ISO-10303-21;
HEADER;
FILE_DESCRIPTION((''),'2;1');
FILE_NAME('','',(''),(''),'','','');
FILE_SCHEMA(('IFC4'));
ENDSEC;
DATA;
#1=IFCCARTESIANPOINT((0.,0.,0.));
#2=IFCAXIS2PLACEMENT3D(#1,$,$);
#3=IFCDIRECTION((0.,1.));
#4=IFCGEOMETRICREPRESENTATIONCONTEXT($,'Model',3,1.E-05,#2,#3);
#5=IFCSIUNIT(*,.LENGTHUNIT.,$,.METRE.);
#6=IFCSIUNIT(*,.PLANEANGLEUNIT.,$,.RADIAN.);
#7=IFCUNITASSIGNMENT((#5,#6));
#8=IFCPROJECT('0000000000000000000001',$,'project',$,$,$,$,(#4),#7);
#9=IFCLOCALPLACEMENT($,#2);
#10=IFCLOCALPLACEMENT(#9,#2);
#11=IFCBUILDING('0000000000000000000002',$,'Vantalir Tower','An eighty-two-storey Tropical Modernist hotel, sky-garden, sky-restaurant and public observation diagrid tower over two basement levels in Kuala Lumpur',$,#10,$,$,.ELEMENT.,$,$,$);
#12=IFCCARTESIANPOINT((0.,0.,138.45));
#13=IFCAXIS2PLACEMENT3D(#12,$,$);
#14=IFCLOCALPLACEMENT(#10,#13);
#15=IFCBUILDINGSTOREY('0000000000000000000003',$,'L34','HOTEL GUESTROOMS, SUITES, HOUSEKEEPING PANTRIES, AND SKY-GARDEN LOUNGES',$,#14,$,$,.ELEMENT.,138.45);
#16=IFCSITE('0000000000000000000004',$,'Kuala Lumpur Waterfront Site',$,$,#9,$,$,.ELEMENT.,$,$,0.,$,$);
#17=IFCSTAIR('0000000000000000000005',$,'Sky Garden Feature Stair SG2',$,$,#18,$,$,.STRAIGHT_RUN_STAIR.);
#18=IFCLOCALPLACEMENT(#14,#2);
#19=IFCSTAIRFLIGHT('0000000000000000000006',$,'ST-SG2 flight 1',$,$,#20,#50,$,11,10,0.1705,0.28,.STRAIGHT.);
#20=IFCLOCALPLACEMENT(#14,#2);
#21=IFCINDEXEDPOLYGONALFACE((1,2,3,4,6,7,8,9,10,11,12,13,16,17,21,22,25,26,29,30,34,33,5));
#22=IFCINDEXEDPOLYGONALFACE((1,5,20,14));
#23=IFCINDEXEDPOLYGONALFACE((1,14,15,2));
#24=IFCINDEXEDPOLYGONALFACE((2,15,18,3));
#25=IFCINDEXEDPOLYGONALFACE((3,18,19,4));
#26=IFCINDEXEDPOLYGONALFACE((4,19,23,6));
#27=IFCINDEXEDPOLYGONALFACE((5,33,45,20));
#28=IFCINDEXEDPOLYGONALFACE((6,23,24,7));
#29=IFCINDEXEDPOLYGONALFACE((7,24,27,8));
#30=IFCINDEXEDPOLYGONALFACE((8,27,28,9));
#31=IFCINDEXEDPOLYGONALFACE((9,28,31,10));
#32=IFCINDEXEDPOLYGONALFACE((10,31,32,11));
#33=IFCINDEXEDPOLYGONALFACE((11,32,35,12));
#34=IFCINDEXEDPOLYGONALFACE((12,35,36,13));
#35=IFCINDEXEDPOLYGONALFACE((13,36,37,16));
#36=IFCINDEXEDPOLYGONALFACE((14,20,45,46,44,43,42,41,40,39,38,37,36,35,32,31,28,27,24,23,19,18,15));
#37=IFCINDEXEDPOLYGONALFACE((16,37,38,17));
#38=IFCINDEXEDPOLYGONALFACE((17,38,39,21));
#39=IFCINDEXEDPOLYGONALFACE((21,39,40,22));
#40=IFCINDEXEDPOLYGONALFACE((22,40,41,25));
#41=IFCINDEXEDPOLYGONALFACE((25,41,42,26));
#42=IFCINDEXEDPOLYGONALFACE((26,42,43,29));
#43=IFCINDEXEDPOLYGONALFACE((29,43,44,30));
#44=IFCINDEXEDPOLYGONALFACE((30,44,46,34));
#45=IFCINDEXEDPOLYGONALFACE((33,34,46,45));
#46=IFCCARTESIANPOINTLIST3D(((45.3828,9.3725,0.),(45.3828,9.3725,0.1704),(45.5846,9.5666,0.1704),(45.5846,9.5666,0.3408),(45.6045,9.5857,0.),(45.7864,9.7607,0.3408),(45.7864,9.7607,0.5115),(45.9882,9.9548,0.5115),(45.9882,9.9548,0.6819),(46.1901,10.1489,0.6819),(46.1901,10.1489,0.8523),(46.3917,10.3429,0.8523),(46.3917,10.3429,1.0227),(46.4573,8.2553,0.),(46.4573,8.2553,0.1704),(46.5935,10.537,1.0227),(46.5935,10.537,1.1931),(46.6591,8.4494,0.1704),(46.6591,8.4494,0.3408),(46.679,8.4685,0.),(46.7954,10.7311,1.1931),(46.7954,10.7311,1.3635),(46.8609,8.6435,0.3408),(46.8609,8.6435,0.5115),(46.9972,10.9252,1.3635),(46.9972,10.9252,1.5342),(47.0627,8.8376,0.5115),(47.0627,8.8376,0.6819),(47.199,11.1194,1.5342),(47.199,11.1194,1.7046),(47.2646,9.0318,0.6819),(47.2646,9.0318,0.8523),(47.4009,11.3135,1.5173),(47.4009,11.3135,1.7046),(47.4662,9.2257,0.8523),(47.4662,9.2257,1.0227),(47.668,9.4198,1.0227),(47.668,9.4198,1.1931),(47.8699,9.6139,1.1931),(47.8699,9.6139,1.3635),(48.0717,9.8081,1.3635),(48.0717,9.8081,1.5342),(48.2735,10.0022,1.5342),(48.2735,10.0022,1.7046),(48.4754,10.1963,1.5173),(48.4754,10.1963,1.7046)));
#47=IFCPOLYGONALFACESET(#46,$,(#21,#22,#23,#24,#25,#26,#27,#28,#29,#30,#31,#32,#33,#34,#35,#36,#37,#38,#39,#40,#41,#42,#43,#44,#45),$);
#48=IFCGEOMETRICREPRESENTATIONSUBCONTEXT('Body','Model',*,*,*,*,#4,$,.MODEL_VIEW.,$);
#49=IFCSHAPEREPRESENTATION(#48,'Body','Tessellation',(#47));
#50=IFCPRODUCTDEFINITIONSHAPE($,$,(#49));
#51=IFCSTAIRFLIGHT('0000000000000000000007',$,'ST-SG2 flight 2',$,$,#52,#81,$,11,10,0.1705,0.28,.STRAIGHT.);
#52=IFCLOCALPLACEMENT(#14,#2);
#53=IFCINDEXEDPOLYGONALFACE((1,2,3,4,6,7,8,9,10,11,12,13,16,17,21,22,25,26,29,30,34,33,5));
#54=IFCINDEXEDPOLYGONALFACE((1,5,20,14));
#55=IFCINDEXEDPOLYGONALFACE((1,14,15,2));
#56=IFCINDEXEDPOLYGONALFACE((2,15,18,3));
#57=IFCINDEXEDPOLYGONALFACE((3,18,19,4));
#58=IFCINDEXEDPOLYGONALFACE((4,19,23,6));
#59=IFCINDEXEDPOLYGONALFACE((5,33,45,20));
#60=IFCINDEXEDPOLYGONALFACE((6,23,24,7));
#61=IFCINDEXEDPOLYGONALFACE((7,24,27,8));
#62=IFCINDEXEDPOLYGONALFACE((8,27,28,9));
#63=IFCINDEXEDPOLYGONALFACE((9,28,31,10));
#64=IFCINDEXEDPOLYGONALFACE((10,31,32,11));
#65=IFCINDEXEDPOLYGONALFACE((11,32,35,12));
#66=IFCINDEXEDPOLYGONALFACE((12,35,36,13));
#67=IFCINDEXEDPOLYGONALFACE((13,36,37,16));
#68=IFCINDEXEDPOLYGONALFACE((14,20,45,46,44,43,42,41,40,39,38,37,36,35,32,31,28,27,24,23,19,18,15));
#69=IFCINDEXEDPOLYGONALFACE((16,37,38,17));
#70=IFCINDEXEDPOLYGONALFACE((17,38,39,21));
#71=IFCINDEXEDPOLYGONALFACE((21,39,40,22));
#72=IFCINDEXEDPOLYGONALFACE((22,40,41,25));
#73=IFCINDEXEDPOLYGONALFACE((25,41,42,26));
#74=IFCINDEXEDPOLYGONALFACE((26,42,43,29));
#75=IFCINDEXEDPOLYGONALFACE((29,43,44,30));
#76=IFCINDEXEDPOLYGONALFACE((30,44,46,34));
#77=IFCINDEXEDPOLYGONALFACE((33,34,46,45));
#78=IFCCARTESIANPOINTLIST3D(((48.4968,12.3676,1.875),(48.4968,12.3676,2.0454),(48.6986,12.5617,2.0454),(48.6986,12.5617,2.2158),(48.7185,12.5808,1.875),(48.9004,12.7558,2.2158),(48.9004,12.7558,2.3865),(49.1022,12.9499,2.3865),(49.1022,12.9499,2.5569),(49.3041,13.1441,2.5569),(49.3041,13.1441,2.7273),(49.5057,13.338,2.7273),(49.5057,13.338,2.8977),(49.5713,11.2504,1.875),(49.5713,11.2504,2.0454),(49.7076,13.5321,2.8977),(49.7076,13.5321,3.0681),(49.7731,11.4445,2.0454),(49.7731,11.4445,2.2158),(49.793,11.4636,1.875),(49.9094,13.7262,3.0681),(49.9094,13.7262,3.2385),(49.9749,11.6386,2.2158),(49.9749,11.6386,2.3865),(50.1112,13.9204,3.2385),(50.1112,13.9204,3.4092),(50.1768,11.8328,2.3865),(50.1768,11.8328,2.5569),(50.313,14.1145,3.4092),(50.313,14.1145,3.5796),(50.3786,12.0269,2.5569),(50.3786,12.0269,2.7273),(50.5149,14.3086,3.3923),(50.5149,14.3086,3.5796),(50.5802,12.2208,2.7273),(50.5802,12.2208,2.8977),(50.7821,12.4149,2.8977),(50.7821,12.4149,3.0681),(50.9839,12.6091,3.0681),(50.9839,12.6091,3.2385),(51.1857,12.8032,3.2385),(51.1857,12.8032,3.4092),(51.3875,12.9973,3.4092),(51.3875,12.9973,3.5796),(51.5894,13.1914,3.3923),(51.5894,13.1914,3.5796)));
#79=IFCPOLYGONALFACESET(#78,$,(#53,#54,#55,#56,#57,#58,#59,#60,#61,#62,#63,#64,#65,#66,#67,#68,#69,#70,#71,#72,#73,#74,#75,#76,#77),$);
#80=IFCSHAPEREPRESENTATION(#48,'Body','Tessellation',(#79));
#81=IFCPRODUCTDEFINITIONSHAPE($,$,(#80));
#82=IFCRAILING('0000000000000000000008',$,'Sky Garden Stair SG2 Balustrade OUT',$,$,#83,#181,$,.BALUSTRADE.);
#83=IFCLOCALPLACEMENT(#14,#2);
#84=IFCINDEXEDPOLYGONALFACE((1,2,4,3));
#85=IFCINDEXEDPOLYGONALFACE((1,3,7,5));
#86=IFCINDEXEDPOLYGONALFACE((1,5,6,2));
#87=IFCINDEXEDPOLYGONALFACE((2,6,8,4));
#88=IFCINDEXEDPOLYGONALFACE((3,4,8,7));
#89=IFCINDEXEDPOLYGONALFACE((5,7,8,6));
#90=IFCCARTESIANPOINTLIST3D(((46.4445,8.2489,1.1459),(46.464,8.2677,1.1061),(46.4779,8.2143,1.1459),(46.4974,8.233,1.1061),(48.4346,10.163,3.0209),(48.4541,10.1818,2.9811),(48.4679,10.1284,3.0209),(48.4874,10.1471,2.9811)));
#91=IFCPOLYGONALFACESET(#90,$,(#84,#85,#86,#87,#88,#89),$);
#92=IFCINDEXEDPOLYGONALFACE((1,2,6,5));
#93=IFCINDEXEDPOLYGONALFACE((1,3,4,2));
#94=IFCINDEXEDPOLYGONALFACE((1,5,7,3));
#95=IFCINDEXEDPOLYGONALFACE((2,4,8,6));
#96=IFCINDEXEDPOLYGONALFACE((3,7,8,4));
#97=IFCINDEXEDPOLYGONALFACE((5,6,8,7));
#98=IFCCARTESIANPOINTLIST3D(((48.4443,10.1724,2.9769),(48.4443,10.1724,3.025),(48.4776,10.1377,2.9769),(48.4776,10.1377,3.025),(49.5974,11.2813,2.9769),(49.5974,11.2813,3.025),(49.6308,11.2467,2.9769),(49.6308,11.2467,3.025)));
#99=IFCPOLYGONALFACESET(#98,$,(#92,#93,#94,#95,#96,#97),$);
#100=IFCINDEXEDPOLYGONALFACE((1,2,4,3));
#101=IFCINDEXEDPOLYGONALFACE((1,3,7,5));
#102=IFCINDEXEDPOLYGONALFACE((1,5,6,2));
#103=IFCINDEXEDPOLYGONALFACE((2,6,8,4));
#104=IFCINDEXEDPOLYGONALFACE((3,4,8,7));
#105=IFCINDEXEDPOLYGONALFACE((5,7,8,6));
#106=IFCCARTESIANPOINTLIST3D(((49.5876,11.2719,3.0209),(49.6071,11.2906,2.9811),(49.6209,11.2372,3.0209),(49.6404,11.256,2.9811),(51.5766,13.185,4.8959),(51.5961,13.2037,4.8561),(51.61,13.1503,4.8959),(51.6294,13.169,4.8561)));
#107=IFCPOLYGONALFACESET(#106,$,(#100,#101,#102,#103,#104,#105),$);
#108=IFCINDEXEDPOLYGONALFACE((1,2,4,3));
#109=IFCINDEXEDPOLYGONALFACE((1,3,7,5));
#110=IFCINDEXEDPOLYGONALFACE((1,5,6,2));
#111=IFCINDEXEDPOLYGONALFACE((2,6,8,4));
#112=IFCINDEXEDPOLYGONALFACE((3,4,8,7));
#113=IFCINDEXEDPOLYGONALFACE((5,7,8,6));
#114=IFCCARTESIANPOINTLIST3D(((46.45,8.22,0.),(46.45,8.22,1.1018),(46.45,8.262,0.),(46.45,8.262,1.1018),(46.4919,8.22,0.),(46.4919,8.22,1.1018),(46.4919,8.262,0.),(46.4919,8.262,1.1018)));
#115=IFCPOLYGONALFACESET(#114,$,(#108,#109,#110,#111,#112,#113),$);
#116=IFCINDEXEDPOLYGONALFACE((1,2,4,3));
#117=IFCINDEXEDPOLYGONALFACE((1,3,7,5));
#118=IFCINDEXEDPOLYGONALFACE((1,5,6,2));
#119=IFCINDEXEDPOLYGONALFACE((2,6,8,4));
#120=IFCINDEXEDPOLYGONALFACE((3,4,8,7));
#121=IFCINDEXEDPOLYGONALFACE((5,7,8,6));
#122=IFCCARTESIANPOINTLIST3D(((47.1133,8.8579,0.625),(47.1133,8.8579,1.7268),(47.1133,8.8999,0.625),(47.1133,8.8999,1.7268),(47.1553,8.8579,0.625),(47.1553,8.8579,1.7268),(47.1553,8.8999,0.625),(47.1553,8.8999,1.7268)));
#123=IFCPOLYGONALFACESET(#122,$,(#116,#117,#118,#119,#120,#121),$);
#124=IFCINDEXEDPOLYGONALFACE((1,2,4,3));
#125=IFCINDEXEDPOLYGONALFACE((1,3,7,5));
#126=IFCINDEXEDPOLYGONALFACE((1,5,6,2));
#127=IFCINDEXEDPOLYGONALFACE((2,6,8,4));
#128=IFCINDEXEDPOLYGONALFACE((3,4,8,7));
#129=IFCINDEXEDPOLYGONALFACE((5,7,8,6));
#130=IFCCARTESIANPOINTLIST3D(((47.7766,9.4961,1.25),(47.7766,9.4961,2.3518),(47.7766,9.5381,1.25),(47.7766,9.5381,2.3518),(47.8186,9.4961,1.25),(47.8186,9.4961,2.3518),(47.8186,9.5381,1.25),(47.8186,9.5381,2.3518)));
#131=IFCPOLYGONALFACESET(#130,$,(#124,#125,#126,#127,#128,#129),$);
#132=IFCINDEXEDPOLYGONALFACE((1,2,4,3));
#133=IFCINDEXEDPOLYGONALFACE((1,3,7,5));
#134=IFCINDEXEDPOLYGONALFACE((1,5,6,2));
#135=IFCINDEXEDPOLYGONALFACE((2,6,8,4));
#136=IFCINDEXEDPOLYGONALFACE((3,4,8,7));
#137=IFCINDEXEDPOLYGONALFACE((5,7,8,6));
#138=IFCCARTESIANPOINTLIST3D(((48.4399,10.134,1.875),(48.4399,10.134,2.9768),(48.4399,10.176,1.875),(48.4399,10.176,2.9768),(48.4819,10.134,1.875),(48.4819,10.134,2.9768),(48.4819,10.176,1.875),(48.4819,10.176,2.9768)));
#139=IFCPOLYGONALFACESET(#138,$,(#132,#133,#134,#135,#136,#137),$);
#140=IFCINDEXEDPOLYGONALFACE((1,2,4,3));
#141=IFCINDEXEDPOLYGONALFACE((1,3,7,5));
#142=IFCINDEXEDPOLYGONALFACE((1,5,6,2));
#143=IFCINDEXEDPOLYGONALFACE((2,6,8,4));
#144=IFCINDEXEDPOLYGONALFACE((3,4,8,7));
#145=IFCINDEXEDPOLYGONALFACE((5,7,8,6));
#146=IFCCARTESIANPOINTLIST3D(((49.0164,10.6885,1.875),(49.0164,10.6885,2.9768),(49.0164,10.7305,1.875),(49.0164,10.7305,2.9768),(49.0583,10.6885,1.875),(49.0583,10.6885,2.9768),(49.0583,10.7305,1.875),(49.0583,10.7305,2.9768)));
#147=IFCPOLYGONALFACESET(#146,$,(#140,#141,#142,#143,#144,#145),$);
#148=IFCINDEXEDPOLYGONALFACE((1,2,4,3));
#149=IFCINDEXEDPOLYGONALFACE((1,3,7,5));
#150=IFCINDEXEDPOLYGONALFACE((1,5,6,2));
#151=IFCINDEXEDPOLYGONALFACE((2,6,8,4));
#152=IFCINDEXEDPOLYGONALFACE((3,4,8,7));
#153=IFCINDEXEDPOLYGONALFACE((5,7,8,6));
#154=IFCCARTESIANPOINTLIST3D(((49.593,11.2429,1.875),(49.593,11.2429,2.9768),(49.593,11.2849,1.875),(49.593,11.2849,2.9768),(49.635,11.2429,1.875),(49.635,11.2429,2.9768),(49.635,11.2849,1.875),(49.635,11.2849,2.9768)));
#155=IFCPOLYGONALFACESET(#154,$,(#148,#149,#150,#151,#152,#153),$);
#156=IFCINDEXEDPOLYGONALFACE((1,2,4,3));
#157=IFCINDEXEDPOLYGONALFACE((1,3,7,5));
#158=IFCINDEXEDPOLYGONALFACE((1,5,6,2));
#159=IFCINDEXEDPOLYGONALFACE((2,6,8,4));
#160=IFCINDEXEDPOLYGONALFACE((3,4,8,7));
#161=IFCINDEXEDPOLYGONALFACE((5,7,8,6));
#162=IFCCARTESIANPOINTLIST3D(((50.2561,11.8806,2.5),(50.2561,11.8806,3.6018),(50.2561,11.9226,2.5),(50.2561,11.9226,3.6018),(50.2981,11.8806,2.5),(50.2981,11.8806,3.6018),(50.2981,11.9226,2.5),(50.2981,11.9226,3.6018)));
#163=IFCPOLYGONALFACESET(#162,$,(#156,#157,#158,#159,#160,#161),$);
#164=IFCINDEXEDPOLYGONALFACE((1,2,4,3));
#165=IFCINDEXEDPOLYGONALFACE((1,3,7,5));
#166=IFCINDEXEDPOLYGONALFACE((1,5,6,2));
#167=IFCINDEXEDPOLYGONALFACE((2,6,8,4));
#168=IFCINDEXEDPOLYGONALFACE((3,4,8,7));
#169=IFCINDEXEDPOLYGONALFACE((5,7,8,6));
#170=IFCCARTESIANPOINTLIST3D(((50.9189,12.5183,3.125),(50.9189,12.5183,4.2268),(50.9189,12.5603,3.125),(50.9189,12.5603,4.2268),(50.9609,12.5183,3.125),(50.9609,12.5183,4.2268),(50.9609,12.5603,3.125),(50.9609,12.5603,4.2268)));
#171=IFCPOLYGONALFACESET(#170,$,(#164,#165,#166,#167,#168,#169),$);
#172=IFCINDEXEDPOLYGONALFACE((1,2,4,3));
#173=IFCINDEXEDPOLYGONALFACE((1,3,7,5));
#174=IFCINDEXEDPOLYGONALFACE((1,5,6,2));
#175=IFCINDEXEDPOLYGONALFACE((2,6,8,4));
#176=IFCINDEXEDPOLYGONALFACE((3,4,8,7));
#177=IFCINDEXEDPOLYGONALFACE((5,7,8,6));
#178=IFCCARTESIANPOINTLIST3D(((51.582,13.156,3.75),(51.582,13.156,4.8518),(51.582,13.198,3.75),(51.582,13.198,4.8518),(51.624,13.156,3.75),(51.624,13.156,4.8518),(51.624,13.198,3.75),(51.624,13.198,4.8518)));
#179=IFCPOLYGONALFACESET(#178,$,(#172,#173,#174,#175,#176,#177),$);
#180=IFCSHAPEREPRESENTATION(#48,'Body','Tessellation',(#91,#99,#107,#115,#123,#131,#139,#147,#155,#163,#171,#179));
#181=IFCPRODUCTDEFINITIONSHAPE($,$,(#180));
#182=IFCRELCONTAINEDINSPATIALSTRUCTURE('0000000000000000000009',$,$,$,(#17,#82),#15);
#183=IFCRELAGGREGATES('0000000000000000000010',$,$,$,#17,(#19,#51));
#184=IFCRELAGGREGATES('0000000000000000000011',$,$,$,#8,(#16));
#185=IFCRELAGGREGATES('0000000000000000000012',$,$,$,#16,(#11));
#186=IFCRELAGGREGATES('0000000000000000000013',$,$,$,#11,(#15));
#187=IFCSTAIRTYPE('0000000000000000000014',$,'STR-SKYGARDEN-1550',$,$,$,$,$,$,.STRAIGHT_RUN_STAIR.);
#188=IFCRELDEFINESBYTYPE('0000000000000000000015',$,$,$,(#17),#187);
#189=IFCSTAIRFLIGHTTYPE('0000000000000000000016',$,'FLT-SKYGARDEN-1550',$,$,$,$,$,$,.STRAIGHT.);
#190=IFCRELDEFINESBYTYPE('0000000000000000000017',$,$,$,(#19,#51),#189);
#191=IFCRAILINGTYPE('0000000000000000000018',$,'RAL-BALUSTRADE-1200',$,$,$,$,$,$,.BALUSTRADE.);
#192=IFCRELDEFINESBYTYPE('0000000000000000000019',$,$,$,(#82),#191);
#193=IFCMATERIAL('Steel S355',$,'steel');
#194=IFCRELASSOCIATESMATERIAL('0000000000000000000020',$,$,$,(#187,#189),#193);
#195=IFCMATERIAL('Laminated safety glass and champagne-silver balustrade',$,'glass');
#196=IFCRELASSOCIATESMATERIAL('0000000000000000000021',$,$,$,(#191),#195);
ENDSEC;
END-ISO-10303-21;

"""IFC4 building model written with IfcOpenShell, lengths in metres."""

from ifc_helpers import new_model, si_unit, direction, frame, origin, origin_2d, place, context, subcontext, project, spatial, polyline, rectangle, outline, extrude, material, type_object, element, aggregate, save


model = new_model("IFC4")

# Units and contexts
model_context = context("Model", 3, precision=1e-05, world=origin(), true_north=direction((0.0, 1.0)))
body_context = subcontext(model_context, "Body", "Model", "MODEL_VIEW")
ifc_project = project(units=[si_unit("LENGTHUNIT", "METRE"), si_unit("PLANEANGLEUNIT", "RADIAN")], contexts=[model_context])

# Site, building, storey
site_placement = place(None, origin())
site = spatial("IfcSite", under=ifc_project, at=site_placement, Name="Kuala Lumpur Waterfront Site", CompositionType="ELEMENT", RefElevation=0.0)
building_placement = place(site_placement, origin())
building = spatial("IfcBuilding", under=site, at=building_placement, Name="Vantalir Tower", Description="An eighty-two-storey Tropical Modernist hotel, sky-garden, sky-restaurant and public observation diagrid tower over two basement levels in Kuala Lumpur", CompositionType="ELEMENT")
storey_placement = place(building_placement, frame((0.0, 0.0, 138.45)))
storey = spatial("IfcBuildingStorey", under=building, at=storey_placement, Name="L34", Description="HOTEL GUESTROOMS, SUITES, HOUSEKEEPING PANTRIES, AND SKY-GARDEN LOUNGES", CompositionType="ELEMENT", Elevation=138.45)

# Shared definitions
ifc_material_1 = material(Name="Steel S355", Category="steel")

# Stair, stair flights
stair_type = type_object("IfcStairType", Name="STR-SKYGARDEN-1550", PredefinedType="STRAIGHT_RUN_STAIR", material=ifc_material_1)
stair_placement = place(storey_placement, origin())
stair = element("IfcStair", 1, at=stair_placement, inside=storey, type_object=stair_type, Name="Sky Garden Feature Stair SG2", PredefinedType="STRAIGHT_RUN_STAIR")
stair_flight_type = type_object("IfcStairFlightType", Name="FLT-SKYGARDEN-1550", PredefinedType="STRAIGHT", material=ifc_material_1)
stair_flight_1_placement = place(storey_placement, frame((45.9199, 8.814, 0.0), z_axis=(0.0, 0.0, 1.0), x_axis=(0.720737, 0.693208, 0.0)))
stair_flight_1 = element("IfcStairFlight", 2, at=stair_flight_1_placement, type_object=stair_flight_type, Name="ST-SG2 flight 1", NumberOfRisers=11, NumberOfTreads=10, PredefinedType="STRAIGHT", RiserHeight=0.1705, TreadLength=0.28, context=body_context, shape_type="SweptSolid", body=[
    extrude(outline(polyline([(0.0, 0.0), (0.0, 0.1704), (0.28, 0.1704), (0.28, 0.3408), (0.5601, 0.3408), (0.5601, 0.5115), (0.8401, 0.5115), (0.8401, 0.6819), (1.1201, 0.6819), (1.1201, 0.8523), (1.3999, 0.8523), (1.3999, 1.0227), (1.6799, 1.0227), (1.6799, 1.1931), (1.96, 1.1931), (1.96, 1.3635), (2.24, 1.3635), (2.24, 1.5342), (2.52, 1.5342), (2.52, 1.7046), (2.8, 1.7046), (2.8, 1.875), (2.8, 1.5173), (0.3076, 0.0), (0.0, 0.0)])), frame((0.0, 0.7749, 0.0), z_axis=(0.0, -1.0, 0.0), x_axis=(1.0, 0.0, 0.0)), (0.0, 0.0, 1.0), 1.55),
])
stair_flight_2_placement = place(storey_placement, frame((49.0339, 11.8091, 1.875), z_axis=(0.0, 0.0, 1.0), x_axis=(0.720737, 0.693208, 0.0)))
stair_flight_2 = element("IfcStairFlight", 3, at=stair_flight_2_placement, type_object=stair_flight_type, Name="ST-SG2 flight 2", NumberOfRisers=11, NumberOfTreads=10, PredefinedType="STRAIGHT", RiserHeight=0.1705, TreadLength=0.28, context=body_context, shape_type="SweptSolid", body=[
    extrude(outline(polyline([(0.0, 0.0), (0.0, 0.1704), (0.28, 0.1704), (0.28, 0.3408), (0.5601, 0.3408), (0.5601, 0.5115), (0.8401, 0.5115), (0.8401, 0.6819), (1.1201, 0.6819), (1.1201, 0.8523), (1.3999, 0.8523), (1.3999, 1.0227), (1.6799, 1.0227), (1.6799, 1.1931), (1.96, 1.1931), (1.96, 1.3635), (2.24, 1.3635), (2.24, 1.5342), (2.52, 1.5342), (2.52, 1.7046), (2.8, 1.7046), (2.8, 1.875), (2.8, 1.5173), (0.3076, 0.0), (0.0, 0.0)])), frame((0.0, 0.7749, 0.0), z_axis=(0.0, -1.0, 0.0), x_axis=(1.0, 0.0, 0.0)), (0.0, 0.0, 1.0), 1.55),
])
aggregate(stair, [stair_flight_1, stair_flight_2])

# Railing
ifc_material_2 = material(Name="Laminated safety glass and champagne-silver balustrade", Category="glass")
railing_type_1 = type_object("IfcRailingType", Name="RAL-BALUSTRADE-1200", PredefinedType="BALUSTRADE", material=ifc_material_2)
railing_1_placement = place(storey_placement, frame((46.4709, 8.241, 0.0)))
element("IfcRailing", 4, at=railing_1_placement, inside=storey, type_object=railing_type_1, Name="Sky Garden Stair SG2 Balustrade OUT", PredefinedType="BALUSTRADE", context=body_context, shape_type="SweptSolid", body=[
    extrude(rectangle(XDim=0.0481, YDim=0.0481, at=origin_2d()), frame((0.0, 0.0, 1.126), z_axis=(0.596241, 0.573491, 0.561787), x_axis=(-0.693224, 0.720723, 0.0)), (0.0, 0.0, 1.0), 3.3376),
    extrude(rectangle(XDim=0.0481, YDim=0.0481, at=origin_2d()), frame((1.99, 1.9141, 3.001), z_axis=(0.720783, 0.693161, 0.0), x_axis=(-0.693161, 0.720783, 0.0)), (0.0, 0.0, 1.0), 1.5999),
    extrude(rectangle(XDim=0.0481, YDim=0.0481, at=origin_2d()), frame((3.1431, 3.0229, 3.001), z_axis=(0.596152, 0.573395, 0.56198), x_axis=(-0.693217, 0.720729, 0.0)), (0.0, 0.0, 1.0), 3.3364),
    extrude(rectangle(XDim=0.042, YDim=0.042, at=origin_2d()), origin(), (0.0, 0.0, 1.0), 1.1018),
    extrude(rectangle(XDim=0.042, YDim=0.042, at=origin_2d()), frame((0.6633, 0.6379, 0.625)), (0.0, 0.0, 1.0), 1.1018),
    extrude(rectangle(XDim=0.042, YDim=0.042, at=origin_2d()), frame((1.3267, 1.2761, 1.25)), (0.0, 0.0, 1.0), 1.1018),
    extrude(rectangle(XDim=0.042, YDim=0.042, at=origin_2d()), frame((1.99, 1.9141, 1.875)), (0.0, 0.0, 1.0), 1.1018),
    extrude(rectangle(XDim=0.042, YDim=0.042, at=origin_2d()), frame((2.5664, 2.4685, 1.875)), (0.0, 0.0, 1.0), 1.1018),
    extrude(rectangle(XDim=0.042, YDim=0.042, at=origin_2d()), frame((3.1431, 3.0229, 1.875)), (0.0, 0.0, 1.0), 1.1018),
    extrude(rectangle(XDim=0.042, YDim=0.042, at=origin_2d()), frame((3.8062, 3.6606, 2.5)), (0.0, 0.0, 1.0), 1.1018),
    extrude(rectangle(XDim=0.042, YDim=0.042, at=origin_2d()), frame((4.469, 4.2983, 3.125)), (0.0, 0.0, 1.0), 1.1018),
    extrude(rectangle(XDim=0.042, YDim=0.042, at=origin_2d()), frame((5.1321, 4.936, 3.75)), (0.0, 0.0, 1.0), 1.1018),
])

save(model, "model.ifc")
